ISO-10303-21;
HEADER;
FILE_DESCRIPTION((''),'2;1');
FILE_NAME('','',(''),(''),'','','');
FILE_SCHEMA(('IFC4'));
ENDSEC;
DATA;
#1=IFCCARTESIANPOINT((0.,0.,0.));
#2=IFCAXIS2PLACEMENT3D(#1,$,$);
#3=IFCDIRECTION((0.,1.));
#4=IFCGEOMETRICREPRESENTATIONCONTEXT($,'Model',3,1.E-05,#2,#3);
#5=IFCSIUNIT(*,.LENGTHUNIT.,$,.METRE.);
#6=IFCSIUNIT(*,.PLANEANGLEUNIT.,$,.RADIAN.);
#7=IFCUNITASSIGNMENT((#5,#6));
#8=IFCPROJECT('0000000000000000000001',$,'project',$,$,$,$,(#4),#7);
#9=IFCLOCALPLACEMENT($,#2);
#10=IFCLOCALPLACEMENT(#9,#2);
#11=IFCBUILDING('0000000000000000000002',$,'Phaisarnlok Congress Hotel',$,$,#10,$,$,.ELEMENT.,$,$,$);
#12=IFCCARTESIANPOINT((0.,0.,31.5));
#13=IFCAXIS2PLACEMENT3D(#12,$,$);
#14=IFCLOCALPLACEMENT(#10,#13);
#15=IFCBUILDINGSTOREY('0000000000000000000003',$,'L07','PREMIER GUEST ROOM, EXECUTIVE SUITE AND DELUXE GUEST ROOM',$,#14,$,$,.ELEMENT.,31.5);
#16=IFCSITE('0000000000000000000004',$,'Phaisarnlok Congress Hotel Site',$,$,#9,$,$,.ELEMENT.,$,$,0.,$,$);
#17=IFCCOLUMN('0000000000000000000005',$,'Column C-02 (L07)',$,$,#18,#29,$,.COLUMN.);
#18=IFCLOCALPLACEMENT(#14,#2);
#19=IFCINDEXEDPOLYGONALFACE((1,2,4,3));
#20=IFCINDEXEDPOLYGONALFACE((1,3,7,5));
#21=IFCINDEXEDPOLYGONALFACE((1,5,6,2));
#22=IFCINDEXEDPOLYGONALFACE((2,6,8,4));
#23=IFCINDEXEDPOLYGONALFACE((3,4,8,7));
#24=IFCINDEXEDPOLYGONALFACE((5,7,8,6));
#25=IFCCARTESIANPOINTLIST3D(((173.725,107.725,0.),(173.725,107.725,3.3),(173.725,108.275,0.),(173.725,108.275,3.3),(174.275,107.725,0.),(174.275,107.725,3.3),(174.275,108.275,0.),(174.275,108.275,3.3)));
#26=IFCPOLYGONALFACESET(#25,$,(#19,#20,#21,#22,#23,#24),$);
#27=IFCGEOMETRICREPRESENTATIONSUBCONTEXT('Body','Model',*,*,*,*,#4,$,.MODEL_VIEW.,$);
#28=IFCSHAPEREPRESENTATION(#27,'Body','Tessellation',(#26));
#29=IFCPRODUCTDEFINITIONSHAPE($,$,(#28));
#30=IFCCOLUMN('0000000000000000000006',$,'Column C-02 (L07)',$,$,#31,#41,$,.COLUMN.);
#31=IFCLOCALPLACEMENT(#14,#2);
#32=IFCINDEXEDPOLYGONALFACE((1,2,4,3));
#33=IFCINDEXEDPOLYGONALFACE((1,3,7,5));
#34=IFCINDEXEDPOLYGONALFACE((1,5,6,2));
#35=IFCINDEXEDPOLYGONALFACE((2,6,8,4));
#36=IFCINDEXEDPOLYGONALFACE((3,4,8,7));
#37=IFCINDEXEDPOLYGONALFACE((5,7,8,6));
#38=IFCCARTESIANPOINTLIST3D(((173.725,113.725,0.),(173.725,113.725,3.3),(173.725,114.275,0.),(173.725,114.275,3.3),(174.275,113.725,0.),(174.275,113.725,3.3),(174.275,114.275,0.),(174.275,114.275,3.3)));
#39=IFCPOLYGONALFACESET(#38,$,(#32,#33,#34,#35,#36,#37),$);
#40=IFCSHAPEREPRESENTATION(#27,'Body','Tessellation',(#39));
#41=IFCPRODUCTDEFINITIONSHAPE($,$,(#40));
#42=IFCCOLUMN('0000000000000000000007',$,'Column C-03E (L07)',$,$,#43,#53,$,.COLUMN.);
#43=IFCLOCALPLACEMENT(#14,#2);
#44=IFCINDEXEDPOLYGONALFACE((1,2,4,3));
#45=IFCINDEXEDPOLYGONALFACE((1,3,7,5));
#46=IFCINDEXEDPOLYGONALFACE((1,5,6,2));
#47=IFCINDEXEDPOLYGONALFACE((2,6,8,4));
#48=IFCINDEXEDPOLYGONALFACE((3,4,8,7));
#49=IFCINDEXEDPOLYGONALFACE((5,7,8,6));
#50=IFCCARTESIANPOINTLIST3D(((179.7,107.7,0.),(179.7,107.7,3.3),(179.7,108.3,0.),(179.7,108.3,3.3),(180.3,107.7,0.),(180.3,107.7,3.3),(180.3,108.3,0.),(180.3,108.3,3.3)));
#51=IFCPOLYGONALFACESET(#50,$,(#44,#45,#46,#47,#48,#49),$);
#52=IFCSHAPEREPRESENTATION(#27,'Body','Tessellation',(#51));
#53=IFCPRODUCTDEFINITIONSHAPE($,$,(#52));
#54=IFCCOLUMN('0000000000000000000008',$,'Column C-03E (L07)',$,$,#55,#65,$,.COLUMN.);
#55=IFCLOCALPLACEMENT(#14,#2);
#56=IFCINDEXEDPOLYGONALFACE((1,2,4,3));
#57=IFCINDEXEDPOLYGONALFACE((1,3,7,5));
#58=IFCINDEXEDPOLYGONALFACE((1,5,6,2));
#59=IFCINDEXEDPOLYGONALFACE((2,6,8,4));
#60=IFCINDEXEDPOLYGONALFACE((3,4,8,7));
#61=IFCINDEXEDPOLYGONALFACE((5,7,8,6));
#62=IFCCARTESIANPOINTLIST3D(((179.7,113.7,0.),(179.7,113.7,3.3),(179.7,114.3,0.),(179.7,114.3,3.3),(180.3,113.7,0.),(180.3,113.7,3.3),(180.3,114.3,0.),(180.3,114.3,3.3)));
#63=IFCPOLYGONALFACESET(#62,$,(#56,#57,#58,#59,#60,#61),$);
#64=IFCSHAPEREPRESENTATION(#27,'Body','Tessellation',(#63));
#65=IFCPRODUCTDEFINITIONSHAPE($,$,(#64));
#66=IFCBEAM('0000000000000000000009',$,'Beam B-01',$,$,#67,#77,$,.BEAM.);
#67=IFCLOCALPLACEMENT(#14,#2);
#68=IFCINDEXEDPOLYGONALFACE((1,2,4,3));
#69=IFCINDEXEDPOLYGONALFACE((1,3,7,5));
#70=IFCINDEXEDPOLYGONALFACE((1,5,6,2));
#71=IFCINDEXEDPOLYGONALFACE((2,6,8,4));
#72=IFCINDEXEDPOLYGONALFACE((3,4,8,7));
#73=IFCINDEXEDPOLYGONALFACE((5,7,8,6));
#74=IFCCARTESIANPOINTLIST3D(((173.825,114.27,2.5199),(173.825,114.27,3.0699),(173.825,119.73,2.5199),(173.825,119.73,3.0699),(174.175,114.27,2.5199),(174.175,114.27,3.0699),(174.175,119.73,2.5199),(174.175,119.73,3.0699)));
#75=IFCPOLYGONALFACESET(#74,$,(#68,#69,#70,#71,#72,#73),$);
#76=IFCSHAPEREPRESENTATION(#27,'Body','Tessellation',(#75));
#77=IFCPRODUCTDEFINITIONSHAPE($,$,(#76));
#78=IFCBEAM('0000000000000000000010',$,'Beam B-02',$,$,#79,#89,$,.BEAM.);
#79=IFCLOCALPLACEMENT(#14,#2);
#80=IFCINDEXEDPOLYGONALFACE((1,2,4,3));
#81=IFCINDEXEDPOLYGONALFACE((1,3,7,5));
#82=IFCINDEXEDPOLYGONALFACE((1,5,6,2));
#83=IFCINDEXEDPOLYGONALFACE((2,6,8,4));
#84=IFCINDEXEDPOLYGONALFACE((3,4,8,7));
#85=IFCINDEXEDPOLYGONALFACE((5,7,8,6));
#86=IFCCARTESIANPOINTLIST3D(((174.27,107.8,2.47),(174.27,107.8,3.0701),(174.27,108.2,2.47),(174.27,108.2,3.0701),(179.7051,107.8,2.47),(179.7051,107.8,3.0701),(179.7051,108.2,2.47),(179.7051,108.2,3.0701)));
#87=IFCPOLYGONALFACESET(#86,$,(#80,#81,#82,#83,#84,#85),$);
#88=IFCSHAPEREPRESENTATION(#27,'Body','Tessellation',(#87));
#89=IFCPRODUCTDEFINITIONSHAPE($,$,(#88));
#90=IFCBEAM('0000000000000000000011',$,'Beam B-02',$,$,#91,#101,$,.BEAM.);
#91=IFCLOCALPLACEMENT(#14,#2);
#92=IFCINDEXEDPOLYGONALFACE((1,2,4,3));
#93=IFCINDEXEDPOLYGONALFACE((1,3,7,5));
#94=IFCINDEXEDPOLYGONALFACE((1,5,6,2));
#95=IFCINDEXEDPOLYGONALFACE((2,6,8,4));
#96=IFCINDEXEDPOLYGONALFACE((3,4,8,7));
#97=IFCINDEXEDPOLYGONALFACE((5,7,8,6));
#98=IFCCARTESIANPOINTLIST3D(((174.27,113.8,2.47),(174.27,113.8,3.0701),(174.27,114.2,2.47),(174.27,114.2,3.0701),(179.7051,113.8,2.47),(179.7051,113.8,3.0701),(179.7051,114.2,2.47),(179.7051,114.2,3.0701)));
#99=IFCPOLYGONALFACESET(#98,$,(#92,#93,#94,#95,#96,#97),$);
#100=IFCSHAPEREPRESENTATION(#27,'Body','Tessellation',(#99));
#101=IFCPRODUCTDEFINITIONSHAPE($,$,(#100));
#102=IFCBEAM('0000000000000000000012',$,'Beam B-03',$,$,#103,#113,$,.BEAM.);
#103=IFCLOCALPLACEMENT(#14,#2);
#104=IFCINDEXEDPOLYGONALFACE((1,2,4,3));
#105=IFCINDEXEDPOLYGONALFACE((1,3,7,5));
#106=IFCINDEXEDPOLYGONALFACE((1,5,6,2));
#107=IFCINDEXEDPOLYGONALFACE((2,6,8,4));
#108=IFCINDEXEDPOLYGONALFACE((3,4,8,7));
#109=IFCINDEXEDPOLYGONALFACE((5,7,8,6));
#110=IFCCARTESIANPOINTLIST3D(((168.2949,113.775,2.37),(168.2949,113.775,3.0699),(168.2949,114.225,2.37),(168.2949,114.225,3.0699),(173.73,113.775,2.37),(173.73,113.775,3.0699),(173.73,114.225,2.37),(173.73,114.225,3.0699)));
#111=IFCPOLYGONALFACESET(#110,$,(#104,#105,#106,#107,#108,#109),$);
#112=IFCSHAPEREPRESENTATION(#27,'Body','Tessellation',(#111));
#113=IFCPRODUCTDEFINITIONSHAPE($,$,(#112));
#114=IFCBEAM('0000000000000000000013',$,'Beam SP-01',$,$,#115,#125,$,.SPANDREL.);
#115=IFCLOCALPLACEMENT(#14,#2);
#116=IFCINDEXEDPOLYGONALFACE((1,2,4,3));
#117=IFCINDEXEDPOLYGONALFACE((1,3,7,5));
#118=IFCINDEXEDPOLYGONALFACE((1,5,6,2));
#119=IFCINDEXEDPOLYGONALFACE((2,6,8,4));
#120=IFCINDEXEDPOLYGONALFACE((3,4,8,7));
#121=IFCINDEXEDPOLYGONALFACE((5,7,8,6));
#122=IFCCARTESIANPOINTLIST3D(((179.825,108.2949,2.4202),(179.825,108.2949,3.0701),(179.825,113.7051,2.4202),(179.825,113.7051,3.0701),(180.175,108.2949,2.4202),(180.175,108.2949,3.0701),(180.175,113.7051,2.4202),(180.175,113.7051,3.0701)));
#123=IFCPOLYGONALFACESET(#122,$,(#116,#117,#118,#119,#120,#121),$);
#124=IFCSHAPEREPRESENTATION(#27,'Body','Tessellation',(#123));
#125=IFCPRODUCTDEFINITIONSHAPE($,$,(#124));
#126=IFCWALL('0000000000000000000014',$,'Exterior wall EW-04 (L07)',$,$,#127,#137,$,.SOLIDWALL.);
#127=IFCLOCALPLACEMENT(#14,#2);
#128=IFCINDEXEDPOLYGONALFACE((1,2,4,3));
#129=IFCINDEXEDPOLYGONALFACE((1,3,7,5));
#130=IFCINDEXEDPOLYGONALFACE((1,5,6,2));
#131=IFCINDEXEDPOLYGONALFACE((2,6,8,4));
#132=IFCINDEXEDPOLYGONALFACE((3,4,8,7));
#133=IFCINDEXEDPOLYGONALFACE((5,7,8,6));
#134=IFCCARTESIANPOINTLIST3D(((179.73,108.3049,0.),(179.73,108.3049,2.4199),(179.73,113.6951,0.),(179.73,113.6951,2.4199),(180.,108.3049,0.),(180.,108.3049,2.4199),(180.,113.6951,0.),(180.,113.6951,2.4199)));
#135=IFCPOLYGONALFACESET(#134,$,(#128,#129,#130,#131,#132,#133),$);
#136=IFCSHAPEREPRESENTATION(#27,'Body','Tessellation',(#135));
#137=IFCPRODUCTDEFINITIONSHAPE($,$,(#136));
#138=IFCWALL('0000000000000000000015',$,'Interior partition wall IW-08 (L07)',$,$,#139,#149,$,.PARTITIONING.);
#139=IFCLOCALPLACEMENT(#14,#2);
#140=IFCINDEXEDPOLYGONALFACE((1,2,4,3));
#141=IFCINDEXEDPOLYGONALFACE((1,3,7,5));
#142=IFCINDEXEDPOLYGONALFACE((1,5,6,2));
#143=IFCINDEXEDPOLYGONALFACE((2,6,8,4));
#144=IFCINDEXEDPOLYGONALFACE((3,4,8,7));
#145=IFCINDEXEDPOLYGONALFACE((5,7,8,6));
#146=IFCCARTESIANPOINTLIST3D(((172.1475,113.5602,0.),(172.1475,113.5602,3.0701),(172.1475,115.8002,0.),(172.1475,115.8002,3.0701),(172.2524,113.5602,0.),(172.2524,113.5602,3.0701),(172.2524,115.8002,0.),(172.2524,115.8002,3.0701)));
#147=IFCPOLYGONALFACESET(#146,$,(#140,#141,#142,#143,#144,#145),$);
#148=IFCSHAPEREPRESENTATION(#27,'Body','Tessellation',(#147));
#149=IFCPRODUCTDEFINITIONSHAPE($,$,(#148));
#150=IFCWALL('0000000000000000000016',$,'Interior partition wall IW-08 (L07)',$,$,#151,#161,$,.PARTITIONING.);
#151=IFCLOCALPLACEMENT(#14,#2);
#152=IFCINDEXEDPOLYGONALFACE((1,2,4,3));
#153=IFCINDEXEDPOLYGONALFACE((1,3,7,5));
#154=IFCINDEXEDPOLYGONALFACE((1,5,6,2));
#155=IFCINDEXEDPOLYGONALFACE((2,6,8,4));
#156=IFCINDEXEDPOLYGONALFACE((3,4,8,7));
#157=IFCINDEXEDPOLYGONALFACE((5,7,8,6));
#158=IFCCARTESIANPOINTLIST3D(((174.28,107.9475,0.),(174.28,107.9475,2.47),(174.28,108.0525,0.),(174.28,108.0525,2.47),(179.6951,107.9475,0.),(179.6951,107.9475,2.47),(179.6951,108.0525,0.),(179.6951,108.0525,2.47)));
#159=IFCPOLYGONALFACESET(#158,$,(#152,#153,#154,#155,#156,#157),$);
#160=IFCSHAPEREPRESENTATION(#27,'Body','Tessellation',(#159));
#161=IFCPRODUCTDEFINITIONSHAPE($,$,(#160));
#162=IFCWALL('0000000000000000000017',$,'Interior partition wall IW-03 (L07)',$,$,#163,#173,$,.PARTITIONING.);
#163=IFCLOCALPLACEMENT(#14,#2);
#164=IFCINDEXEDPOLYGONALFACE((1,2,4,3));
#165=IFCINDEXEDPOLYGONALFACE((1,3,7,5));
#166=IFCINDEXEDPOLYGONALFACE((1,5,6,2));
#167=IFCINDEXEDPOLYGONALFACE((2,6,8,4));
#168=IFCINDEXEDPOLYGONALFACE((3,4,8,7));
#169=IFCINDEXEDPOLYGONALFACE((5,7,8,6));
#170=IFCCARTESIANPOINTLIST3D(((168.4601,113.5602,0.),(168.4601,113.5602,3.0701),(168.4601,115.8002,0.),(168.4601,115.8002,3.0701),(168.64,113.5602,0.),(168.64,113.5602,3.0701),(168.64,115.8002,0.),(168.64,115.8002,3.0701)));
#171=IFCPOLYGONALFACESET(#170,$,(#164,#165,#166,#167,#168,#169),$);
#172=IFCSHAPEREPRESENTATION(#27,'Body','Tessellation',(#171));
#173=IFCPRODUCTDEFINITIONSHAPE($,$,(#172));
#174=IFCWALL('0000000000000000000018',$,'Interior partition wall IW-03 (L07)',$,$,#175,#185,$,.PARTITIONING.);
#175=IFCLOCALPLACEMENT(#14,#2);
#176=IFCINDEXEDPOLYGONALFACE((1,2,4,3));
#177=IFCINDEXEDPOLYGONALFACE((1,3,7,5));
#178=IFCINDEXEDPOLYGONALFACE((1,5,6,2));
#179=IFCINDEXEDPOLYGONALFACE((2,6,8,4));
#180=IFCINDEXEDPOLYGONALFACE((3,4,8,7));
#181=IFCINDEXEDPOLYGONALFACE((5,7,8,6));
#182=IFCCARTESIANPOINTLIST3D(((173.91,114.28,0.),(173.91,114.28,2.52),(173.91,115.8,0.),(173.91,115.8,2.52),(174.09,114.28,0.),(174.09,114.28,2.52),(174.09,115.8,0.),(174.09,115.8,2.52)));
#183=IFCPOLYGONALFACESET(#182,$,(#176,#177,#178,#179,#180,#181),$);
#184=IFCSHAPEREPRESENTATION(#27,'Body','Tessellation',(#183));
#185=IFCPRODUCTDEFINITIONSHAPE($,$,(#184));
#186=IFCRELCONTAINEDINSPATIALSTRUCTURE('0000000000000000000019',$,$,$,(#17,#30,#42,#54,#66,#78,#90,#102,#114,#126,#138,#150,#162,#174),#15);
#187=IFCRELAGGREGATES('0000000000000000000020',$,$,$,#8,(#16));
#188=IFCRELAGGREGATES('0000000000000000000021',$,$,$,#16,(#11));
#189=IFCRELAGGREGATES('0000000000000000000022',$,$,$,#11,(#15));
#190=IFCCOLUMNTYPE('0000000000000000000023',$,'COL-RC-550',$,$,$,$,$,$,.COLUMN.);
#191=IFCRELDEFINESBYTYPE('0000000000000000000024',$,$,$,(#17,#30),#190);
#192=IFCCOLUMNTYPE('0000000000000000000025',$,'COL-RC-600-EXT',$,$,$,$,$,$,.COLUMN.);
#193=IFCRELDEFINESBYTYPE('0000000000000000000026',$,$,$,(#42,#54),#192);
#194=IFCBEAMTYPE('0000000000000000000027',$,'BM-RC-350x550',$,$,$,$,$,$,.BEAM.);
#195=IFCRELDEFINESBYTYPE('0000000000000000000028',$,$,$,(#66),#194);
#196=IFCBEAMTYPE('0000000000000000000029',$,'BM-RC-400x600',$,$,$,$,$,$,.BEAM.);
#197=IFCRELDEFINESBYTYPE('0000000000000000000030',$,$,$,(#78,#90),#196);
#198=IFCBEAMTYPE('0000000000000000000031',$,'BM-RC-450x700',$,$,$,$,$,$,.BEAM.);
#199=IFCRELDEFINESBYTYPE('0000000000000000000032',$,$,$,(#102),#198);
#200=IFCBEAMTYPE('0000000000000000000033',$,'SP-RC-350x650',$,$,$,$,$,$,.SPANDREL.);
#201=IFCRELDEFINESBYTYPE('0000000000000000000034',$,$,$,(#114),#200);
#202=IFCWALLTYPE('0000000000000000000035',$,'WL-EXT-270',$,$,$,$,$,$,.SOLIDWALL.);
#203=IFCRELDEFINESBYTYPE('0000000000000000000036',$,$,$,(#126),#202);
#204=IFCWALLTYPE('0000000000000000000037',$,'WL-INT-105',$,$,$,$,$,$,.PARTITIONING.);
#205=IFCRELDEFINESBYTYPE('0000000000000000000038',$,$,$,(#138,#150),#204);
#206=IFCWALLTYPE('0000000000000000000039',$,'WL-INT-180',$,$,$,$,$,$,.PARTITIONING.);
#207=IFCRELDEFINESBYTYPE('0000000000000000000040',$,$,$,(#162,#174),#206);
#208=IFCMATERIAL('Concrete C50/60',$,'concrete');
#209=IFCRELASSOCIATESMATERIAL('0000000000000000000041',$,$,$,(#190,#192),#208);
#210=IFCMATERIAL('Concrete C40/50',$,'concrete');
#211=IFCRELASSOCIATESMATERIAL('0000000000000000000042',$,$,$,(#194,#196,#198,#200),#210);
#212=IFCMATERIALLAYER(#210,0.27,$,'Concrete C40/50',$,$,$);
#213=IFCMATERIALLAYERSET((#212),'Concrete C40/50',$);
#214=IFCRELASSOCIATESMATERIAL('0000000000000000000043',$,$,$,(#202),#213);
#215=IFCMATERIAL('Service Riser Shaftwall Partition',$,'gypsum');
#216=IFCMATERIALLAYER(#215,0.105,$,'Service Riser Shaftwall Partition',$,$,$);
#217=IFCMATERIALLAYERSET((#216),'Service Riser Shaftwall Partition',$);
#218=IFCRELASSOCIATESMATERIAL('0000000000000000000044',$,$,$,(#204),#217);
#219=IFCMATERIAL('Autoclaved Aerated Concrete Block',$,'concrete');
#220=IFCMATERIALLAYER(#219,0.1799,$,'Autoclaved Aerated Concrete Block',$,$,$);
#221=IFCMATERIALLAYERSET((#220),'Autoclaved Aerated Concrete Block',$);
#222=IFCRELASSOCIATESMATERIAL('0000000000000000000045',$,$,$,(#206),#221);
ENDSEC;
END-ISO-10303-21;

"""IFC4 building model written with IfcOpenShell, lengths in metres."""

from ifc_helpers import new_model, si_unit, direction, frame, frame_2d, origin, origin_2d, place, context, subcontext, project, spatial, rectangle, extrude, material, layer, layer_set, material_profile, profile_set, type_object, element, save


model = new_model("IFC4")

# Units and contexts
model_context = context("Model", 3, precision=1e-05, world=origin(), true_north=direction((0.0, 1.0)))
body_context = subcontext(model_context, "Body", "Model", "MODEL_VIEW")
ifc_project = project(units=[si_unit("LENGTHUNIT", "METRE"), si_unit("PLANEANGLEUNIT", "RADIAN")], contexts=[model_context])

# Site, building, storey
site_placement = place(None, origin())
site = spatial("IfcSite", under=ifc_project, at=site_placement, Name="Phaisarnlok Congress Hotel Site", CompositionType="ELEMENT", RefElevation=0.0)
building_placement = place(site_placement, origin())
building = spatial("IfcBuilding", under=site, at=building_placement, Name="Phaisarnlok Congress Hotel", CompositionType="ELEMENT")
storey_placement = place(building_placement, frame((0.0, 0.0, 31.5)))
storey = spatial("IfcBuildingStorey", under=building, at=storey_placement, Name="L07", Description="PREMIER GUEST ROOM, EXECUTIVE SUITE AND DELUXE GUEST ROOM", CompositionType="ELEMENT", Elevation=31.5)

# Columns
ifc_material_1 = material(Name="Concrete C50/60", Category="concrete")
ifc_material_profile_1 = material_profile(ifc_material_1, rectangle(XDim=0.55, YDim=0.55, at=origin_2d()), Name="RC 550x550")
ifc_profile_set_1 = profile_set([ifc_material_profile_1], Name="Concrete C50/60")
column_type_1 = type_object("IfcColumnType", Name="COL-RC-550", PredefinedType="COLUMN", material=ifc_profile_set_1)
for number, where, z_axis, x_axis, name in (
    (1, (174.0, 108.0, 0.0), (0.0, 0.0, 1.0), (1.0, 0.0, 0.0), "Column C-02 (L07)"),
    (2, (174.0, 114.0, 0.0), (0.0, 0.0, 1.0), (1.0, 0.0, 0.0), "Column C-02 (L07)"),
):
    element("IfcColumn", number, at=place(storey_placement, frame(where, z_axis=z_axis, x_axis=x_axis)), inside=storey, type_object=column_type_1, Name=name, PredefinedType="COLUMN", context=body_context, shape_type="SweptSolid", body=[
        extrude(rectangle(XDim=0.55, YDim=0.55, at=origin_2d()), origin(), (0.0, 0.0, 1.0), 3.3),
    ])
ifc_material_profile_2 = material_profile(ifc_material_1, rectangle(XDim=0.6001, YDim=0.6001, at=origin_2d()), Name="RC 600x600")
ifc_profile_set_2 = profile_set([ifc_material_profile_2], Name="Concrete C50/60")
column_type_2 = type_object("IfcColumnType", Name="COL-RC-600-EXT", PredefinedType="COLUMN", material=ifc_profile_set_2)
for number, where, z_axis, x_axis, name in (
    (3, (180.0, 108.0, 0.0), (0.0, 0.0, 1.0), (1.0, 0.0, 0.0), "Column C-03E (L07)"),
    (4, (180.0, 114.0, 0.0), (0.0, 0.0, 1.0), (1.0, 0.0, 0.0), "Column C-03E (L07)"),
):
    element("IfcColumn", number, at=place(storey_placement, frame(where, z_axis=z_axis, x_axis=x_axis)), inside=storey, type_object=column_type_2, Name=name, PredefinedType="COLUMN", context=body_context, shape_type="SweptSolid", body=[
        extrude(rectangle(XDim=0.6001, YDim=0.6001, at=origin_2d()), origin(), (0.0, 0.0, 1.0), 3.3),
    ])

# Beams
ifc_material_2 = material(Name="Concrete C40/50", Category="concrete")
ifc_material_profile_3 = material_profile(ifc_material_2, rectangle(XDim=0.3501, YDim=0.55, at=origin_2d()), Name="RC 350x550")
ifc_profile_set_3 = profile_set([ifc_material_profile_3], Name="Concrete C40/50")
beam_type_1 = type_object("IfcBeamType", Name="BM-RC-350x550", PredefinedType="BEAM", material=ifc_profile_set_3)
beam_1_placement = place(storey_placement, frame((174.0, 114.27, 2.7949), z_axis=(0.0, 1.0, 0.0), x_axis=(-1.0, 0.0, 0.0)))
element("IfcBeam", 5, at=beam_1_placement, inside=storey, type_object=beam_type_1, Name="Beam B-01", PredefinedType="BEAM", context=body_context, shape_type="SweptSolid", body=[
    extrude(rectangle(XDim=0.3501, YDim=0.55, at=origin_2d()), origin(), (0.0, 0.0, 1.0), 5.46),
])
ifc_material_profile_4 = material_profile(ifc_material_2, rectangle(XDim=0.3999, YDim=0.6001, at=origin_2d()), Name="RC 400x600")
ifc_profile_set_4 = profile_set([ifc_material_profile_4], Name="Concrete C40/50")
beam_type_2 = type_object("IfcBeamType", Name="BM-RC-400x600", PredefinedType="BEAM", material=ifc_profile_set_4)
for number, where, z_axis, x_axis, name in (
    (6, (174.27, 108.0, 2.77), (1.0, 0.0, 0.0), (0.0, 1.0, 0.0), "Beam B-02"),
    (7, (174.27, 114.0, 2.77), (1.0, 0.0, 0.0), (0.0, 1.0, 0.0), "Beam B-02"),
):
    element("IfcBeam", number, at=place(storey_placement, frame(where, z_axis=z_axis, x_axis=x_axis)), inside=storey, type_object=beam_type_2, Name=name, PredefinedType="BEAM", context=body_context, shape_type="SweptSolid", body=[
        extrude(rectangle(XDim=0.3999, YDim=0.6001, at=origin_2d()), origin(), (0.0, 0.0, 1.0), 5.4351),
    ])
ifc_material_profile_5 = material_profile(ifc_material_2, rectangle(XDim=0.45, YDim=0.7, at=origin_2d()), Name="RC 450x700")
ifc_profile_set_5 = profile_set([ifc_material_profile_5], Name="Concrete C40/50")
beam_type_3 = type_object("IfcBeamType", Name="BM-RC-450x700", PredefinedType="BEAM", material=ifc_profile_set_5)
beam_2_placement = place(storey_placement, frame((168.2949, 114.0, 2.72), z_axis=(1.0, 0.0, 0.0), x_axis=(0.0, 1.0, 0.0)))
element("IfcBeam", 8, at=beam_2_placement, inside=storey, type_object=beam_type_3, Name="Beam B-03", PredefinedType="BEAM", context=body_context, shape_type="SweptSolid", body=[
    extrude(rectangle(XDim=0.45, YDim=0.7, at=origin_2d()), origin(), (0.0, 0.0, 1.0), 5.4351),
])
ifc_material_profile_6 = material_profile(ifc_material_2, rectangle(XDim=0.3501, YDim=0.6499, at=origin_2d()), Name="RC 350x650")
ifc_profile_set_6 = profile_set([ifc_material_profile_6], Name="Concrete C40/50")
beam_type_4 = type_object("IfcBeamType", Name="SP-RC-350x650", PredefinedType="SPANDREL", material=ifc_profile_set_6)
beam_3_placement = place(storey_placement, frame((180.0, 108.2949, 2.7451), z_axis=(0.0, 1.0, 0.0), x_axis=(-1.0, 0.0, 0.0)))
element("IfcBeam", 9, at=beam_3_placement, inside=storey, type_object=beam_type_4, Name="Beam SP-01", PredefinedType="SPANDREL", context=body_context, shape_type="SweptSolid", body=[
    extrude(rectangle(XDim=0.3501, YDim=0.6499, at=origin_2d()), origin(), (0.0, 0.0, 1.0), 5.4102),
])

# Walls
ifc_layer_1 = layer(ifc_material_2, 0.27, Name="Concrete C40/50")
ifc_layer_set_1 = layer_set([ifc_layer_1], Name="Concrete C40/50")
wall_type_1 = type_object("IfcWallType", Name="WL-EXT-270", PredefinedType="SOLIDWALL", material=ifc_layer_set_1)
wall_1_placement = place(storey_placement, frame((179.865, 108.3049, 0.0), z_axis=(0.0, 0.0, 1.0), x_axis=(0.0, 1.0, 0.0)))
element("IfcWall", 10, at=wall_1_placement, inside=storey, type_object=wall_type_1, Name="Exterior wall EW-04 (L07)", PredefinedType="SOLIDWALL", context=body_context, shape_type="SweptSolid", body=[
    extrude(rectangle(XDim=5.3901, YDim=0.27, at=frame_2d((2.6951, 0.0))), origin(), (0.0, 0.0, 1.0), 2.4199),
])
ifc_material_3 = material(Name="Service Riser Shaftwall Partition", Category="gypsum")
ifc_layer_2 = layer(ifc_material_3, 0.105, Name="Service Riser Shaftwall Partition")
ifc_layer_set_2 = layer_set([ifc_layer_2], Name="Service Riser Shaftwall Partition")
wall_type_2 = type_object("IfcWallType", Name="WL-INT-105", PredefinedType="PARTITIONING", material=ifc_layer_set_2)
wall_2_placement = place(storey_placement, frame((172.2, 113.5601, 0.0), z_axis=(0.0, 0.0, 1.0), x_axis=(0.0, 1.0, 0.0)))
element("IfcWall", 11, at=wall_2_placement, inside=storey, type_object=wall_type_2, Name="Interior partition wall IW-08 (L07)", PredefinedType="PARTITIONING", context=body_context, shape_type="SweptSolid", body=[
    extrude(rectangle(XDim=2.24, YDim=0.105, at=frame_2d((1.1201, 0.0))), origin(), (0.0, 0.0, 1.0), 3.0701),
])
wall_3_placement = place(storey_placement, frame((174.28, 108.0, 0.0), z_axis=(0.0, 0.0, 1.0), x_axis=(1.0, 0.0, 0.0)))
element("IfcWall", 12, at=wall_3_placement, inside=storey, type_object=wall_type_2, Name="Interior partition wall IW-08 (L07)", PredefinedType="PARTITIONING", context=body_context, shape_type="SweptSolid", body=[
    extrude(rectangle(XDim=5.415, YDim=0.105, at=frame_2d((2.7075, 0.0))), origin(), (0.0, 0.0, 1.0), 2.47),
])
ifc_material_4 = material(Name="Autoclaved Aerated Concrete Block", Category="concrete")
ifc_layer_3 = layer(ifc_material_4, 0.1799, Name="Autoclaved Aerated Concrete Block")
ifc_layer_set_3 = layer_set([ifc_layer_3], Name="Autoclaved Aerated Concrete Block")
wall_type_3 = type_object("IfcWallType", Name="WL-INT-180", PredefinedType="PARTITIONING", material=ifc_layer_set_3)
wall_4_placement = place(storey_placement, frame((168.55, 113.5601, 0.0), z_axis=(0.0, 0.0, 1.0), x_axis=(0.0, 1.0, 0.0)))
element("IfcWall", 13, at=wall_4_placement, inside=storey, type_object=wall_type_3, Name="Interior partition wall IW-03 (L07)", PredefinedType="PARTITIONING", context=body_context, shape_type="SweptSolid", body=[
    extrude(rectangle(XDim=2.24, YDim=0.1799, at=frame_2d((1.1201, 0.0))), origin(), (0.0, 0.0, 1.0), 3.0701),
])
wall_5_placement = place(storey_placement, frame((174.0, 114.28, 0.0), z_axis=(0.0, 0.0, 1.0), x_axis=(0.0, 1.0, 0.0)))
element("IfcWall", 14, at=wall_5_placement, inside=storey, type_object=wall_type_3, Name="Interior partition wall IW-03 (L07)", PredefinedType="PARTITIONING", context=body_context, shape_type="SweptSolid", body=[
    extrude(rectangle(XDim=1.52, YDim=0.1799, at=frame_2d((0.76, 0.0))), origin(), (0.0, 0.0, 1.0), 2.52),
])

save(model, "model.ifc")
